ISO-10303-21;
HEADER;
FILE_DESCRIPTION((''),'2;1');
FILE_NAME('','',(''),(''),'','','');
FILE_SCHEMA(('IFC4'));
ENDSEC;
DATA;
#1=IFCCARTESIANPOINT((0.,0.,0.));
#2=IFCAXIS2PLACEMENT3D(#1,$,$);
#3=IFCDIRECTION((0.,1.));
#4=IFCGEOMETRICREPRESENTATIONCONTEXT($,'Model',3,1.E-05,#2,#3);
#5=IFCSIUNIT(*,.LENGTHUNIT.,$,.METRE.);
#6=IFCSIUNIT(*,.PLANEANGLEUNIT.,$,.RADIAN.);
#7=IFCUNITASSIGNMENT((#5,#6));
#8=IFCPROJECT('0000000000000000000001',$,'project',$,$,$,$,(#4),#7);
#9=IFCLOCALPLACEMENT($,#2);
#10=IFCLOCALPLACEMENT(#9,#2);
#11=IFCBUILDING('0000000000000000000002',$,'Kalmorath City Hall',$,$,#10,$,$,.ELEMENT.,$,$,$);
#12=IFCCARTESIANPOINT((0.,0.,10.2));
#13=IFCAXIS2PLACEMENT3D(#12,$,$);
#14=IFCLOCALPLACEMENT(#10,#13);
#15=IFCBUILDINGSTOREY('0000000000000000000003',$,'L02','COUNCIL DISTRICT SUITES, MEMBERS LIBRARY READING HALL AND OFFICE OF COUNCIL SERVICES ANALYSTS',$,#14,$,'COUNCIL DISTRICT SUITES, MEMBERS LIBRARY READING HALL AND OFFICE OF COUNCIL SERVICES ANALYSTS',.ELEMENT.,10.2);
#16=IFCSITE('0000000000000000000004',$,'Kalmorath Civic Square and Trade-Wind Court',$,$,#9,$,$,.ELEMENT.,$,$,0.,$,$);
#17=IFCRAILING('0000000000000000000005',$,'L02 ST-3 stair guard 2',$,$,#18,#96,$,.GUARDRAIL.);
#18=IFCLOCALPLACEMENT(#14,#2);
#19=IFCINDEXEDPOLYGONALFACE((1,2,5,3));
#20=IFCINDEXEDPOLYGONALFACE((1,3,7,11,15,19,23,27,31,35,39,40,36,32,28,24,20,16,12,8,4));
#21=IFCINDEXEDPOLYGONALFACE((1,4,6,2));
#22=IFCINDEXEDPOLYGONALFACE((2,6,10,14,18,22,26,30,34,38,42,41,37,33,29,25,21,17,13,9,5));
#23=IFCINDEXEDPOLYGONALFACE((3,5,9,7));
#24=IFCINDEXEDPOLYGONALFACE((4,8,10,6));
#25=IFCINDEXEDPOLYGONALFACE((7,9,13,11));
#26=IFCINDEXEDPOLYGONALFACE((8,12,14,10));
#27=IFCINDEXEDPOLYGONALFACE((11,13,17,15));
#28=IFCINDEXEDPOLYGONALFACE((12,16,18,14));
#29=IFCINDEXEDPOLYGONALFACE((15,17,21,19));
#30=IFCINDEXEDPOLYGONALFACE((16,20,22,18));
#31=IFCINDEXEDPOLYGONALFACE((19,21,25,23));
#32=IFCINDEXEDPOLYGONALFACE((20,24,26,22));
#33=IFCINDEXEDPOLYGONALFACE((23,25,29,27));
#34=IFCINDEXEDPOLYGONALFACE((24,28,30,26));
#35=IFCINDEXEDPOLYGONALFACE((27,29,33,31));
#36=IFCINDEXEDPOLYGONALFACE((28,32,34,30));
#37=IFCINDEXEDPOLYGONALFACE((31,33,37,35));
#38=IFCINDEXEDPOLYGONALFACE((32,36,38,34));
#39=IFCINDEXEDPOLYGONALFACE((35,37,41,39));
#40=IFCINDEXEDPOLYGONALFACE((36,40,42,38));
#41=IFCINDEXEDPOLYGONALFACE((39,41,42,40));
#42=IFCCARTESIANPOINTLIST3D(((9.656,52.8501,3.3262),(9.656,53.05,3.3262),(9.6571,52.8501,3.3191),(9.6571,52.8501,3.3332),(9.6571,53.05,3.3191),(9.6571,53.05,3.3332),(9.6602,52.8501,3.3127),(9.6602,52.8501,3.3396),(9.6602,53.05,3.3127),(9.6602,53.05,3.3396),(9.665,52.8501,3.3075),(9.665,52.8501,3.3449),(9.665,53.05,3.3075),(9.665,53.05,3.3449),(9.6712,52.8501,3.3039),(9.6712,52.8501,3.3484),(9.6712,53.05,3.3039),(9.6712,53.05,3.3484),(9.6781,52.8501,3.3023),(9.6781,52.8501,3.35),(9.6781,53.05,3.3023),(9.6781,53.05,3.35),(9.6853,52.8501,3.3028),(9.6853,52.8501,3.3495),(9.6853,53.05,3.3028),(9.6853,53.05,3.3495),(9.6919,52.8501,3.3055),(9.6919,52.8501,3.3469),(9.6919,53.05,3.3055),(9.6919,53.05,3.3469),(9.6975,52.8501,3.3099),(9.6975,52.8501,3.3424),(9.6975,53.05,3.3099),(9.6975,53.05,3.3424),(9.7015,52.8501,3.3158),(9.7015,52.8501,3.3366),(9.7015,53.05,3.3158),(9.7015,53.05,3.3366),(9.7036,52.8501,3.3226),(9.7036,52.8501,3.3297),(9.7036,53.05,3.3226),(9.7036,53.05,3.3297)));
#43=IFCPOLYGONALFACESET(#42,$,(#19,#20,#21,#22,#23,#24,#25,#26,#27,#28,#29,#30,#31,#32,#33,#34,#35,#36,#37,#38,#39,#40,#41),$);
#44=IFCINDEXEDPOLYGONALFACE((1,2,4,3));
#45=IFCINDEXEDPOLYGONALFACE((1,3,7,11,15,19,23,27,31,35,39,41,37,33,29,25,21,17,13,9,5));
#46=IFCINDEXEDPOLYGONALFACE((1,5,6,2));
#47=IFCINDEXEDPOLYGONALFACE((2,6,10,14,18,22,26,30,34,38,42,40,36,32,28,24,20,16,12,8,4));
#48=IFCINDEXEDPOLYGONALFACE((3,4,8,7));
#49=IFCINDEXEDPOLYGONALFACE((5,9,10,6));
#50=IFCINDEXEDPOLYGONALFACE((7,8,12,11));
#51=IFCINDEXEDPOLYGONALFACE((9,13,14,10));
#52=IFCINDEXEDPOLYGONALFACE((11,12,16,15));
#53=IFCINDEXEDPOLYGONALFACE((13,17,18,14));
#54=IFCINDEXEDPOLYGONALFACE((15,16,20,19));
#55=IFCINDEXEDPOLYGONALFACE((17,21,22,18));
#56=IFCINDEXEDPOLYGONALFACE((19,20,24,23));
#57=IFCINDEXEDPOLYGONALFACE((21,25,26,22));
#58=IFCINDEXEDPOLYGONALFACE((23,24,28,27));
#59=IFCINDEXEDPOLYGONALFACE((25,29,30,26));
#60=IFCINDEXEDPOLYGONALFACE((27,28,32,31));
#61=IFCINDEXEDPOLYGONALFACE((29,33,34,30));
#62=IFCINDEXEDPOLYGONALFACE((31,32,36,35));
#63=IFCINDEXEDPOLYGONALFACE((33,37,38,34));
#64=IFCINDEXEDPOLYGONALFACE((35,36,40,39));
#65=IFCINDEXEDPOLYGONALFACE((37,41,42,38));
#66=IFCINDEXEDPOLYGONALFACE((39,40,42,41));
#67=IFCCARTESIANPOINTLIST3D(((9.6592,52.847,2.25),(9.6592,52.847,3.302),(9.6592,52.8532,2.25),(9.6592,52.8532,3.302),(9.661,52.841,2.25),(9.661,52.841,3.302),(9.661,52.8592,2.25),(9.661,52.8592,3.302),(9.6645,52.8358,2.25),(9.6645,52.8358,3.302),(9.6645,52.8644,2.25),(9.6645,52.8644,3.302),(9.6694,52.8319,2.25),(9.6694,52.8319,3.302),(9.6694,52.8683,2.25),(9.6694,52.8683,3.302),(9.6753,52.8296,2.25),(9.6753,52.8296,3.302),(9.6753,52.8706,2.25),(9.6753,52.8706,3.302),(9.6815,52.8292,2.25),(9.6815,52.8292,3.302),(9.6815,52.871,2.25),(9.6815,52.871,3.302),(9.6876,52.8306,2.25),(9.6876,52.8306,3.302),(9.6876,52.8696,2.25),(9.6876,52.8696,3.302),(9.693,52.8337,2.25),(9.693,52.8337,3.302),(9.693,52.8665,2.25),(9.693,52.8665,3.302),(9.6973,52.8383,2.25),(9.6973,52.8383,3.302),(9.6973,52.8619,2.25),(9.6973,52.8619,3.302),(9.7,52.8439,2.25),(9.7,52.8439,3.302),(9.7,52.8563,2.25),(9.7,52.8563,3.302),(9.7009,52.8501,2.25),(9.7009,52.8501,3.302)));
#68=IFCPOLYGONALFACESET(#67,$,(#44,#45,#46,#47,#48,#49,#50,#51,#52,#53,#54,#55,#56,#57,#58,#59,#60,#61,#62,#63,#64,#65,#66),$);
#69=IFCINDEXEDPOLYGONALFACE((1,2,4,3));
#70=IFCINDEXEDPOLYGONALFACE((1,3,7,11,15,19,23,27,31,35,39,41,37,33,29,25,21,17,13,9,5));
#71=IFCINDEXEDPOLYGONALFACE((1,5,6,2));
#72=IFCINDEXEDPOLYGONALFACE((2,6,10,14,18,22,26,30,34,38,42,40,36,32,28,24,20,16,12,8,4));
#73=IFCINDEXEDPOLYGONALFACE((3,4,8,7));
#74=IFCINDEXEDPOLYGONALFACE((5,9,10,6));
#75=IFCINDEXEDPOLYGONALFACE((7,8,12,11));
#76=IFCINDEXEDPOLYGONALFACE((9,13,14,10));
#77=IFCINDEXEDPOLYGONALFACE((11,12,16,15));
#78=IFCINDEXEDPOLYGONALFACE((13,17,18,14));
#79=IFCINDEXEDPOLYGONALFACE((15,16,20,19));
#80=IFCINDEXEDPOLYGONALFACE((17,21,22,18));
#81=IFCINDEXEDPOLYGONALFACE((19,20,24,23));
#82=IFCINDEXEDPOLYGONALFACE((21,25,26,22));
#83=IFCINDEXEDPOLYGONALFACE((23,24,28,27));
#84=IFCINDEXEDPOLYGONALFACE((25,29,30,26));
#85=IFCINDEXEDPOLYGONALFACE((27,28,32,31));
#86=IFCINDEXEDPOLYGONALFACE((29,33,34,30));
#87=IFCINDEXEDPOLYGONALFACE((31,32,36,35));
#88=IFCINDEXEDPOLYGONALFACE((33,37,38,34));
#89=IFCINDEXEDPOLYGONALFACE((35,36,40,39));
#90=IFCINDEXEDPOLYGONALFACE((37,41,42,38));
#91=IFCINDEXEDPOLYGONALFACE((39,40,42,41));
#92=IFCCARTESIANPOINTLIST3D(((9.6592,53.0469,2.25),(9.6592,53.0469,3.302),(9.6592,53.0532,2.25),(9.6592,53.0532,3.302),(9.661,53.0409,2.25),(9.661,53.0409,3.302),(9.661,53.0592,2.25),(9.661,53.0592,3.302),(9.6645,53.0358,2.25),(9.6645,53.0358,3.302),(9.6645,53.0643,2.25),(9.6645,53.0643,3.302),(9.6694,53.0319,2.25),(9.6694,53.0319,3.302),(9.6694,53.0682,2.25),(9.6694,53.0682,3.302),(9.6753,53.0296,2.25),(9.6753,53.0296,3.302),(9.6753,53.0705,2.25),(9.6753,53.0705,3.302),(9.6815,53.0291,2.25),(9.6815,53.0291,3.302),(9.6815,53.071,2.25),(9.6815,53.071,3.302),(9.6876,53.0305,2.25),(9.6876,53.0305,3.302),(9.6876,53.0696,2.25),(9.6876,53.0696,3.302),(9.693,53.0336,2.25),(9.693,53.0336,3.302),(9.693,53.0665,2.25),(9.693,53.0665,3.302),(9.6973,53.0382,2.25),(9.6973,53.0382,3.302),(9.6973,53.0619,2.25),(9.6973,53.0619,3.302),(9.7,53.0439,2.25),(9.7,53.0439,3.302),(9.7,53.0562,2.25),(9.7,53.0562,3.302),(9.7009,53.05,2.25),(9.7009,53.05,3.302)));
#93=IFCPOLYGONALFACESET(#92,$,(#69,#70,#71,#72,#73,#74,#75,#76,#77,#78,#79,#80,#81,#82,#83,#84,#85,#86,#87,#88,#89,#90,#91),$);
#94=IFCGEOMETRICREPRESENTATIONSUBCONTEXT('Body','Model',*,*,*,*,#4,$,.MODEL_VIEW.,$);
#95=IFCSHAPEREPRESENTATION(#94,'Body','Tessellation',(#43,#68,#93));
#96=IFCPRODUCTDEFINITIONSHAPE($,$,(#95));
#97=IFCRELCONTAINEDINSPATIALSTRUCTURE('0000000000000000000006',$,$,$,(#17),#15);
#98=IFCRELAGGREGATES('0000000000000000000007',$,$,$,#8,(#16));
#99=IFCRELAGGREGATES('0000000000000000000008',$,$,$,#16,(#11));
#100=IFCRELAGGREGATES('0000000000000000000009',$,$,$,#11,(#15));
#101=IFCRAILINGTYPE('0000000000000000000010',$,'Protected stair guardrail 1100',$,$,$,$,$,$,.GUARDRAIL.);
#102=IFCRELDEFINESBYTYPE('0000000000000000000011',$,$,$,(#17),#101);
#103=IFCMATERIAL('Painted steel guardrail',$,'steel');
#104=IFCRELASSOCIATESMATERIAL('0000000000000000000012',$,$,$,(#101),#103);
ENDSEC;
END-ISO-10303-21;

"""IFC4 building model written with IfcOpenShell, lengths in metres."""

from ifc_helpers import new_model, si_unit, direction, frame, origin, origin_2d, place, context, subcontext, project, spatial, circle, extrude, material, type_object, element, save


model = new_model("IFC4")

# Units and contexts
model_context = context("Model", 3, precision=1e-05, world=origin(), true_north=direction((0.0, 1.0)))
body_context = subcontext(model_context, "Body", "Model", "MODEL_VIEW")
ifc_project = project(units=[si_unit("LENGTHUNIT", "METRE"), si_unit("PLANEANGLEUNIT", "RADIAN")], contexts=[model_context])

# Site, building, storey
site_placement = place(None, origin())
site = spatial("IfcSite", under=ifc_project, at=site_placement, Name="Kalmorath Civic Square and Trade-Wind Court", CompositionType="ELEMENT", RefElevation=0.0)
building_placement = place(site_placement, origin())
building = spatial("IfcBuilding", under=site, at=building_placement, Name="Kalmorath City Hall", CompositionType="ELEMENT")
storey_placement = place(building_placement, frame((0.0, 0.0, 10.2)))
storey = spatial("IfcBuildingStorey", under=building, at=storey_placement, Name="L02", Description="COUNCIL DISTRICT SUITES, MEMBERS LIBRARY READING HALL AND OFFICE OF COUNCIL SERVICES ANALYSTS", LongName="COUNCIL DISTRICT SUITES, MEMBERS LIBRARY READING HALL AND OFFICE OF COUNCIL SERVICES ANALYSTS", CompositionType="ELEMENT", Elevation=10.2)

# Railing
ifc_material_1 = material(Name="Painted steel guardrail", Category="steel")
railing_type_1 = type_object("IfcRailingType", Name="Protected stair guardrail 1100", PredefinedType="GUARDRAIL", material=ifc_material_1)
railing_1_placement = place(storey_placement, frame((9.6799, 52.8501, 2.25)))
element("IfcRailing", 1, at=railing_1_placement, inside=storey, type_object=railing_type_1, Name="L02 ST-3 stair guard 2", PredefinedType="GUARDRAIL", context=body_context, shape_type="SweptSolid", body=[
    extrude(circle(Radius=0.0239, at=origin_2d()), frame((0.0, 0.0, 1.0762), z_axis=(0.0, 1.0, 0.0), x_axis=(-1.0, 0.0, 0.0)), (0.0, 0.0, 1.0), 0.2),
    extrude(circle(Radius=0.021, at=origin_2d()), origin(), (0.0, 0.0, 1.0), 1.052),
    extrude(circle(Radius=0.021, at=origin_2d()), frame((0.0, 0.2, 0.0)), (0.0, 0.0, 1.0), 1.052),
])

save(model, "model.ifc")
